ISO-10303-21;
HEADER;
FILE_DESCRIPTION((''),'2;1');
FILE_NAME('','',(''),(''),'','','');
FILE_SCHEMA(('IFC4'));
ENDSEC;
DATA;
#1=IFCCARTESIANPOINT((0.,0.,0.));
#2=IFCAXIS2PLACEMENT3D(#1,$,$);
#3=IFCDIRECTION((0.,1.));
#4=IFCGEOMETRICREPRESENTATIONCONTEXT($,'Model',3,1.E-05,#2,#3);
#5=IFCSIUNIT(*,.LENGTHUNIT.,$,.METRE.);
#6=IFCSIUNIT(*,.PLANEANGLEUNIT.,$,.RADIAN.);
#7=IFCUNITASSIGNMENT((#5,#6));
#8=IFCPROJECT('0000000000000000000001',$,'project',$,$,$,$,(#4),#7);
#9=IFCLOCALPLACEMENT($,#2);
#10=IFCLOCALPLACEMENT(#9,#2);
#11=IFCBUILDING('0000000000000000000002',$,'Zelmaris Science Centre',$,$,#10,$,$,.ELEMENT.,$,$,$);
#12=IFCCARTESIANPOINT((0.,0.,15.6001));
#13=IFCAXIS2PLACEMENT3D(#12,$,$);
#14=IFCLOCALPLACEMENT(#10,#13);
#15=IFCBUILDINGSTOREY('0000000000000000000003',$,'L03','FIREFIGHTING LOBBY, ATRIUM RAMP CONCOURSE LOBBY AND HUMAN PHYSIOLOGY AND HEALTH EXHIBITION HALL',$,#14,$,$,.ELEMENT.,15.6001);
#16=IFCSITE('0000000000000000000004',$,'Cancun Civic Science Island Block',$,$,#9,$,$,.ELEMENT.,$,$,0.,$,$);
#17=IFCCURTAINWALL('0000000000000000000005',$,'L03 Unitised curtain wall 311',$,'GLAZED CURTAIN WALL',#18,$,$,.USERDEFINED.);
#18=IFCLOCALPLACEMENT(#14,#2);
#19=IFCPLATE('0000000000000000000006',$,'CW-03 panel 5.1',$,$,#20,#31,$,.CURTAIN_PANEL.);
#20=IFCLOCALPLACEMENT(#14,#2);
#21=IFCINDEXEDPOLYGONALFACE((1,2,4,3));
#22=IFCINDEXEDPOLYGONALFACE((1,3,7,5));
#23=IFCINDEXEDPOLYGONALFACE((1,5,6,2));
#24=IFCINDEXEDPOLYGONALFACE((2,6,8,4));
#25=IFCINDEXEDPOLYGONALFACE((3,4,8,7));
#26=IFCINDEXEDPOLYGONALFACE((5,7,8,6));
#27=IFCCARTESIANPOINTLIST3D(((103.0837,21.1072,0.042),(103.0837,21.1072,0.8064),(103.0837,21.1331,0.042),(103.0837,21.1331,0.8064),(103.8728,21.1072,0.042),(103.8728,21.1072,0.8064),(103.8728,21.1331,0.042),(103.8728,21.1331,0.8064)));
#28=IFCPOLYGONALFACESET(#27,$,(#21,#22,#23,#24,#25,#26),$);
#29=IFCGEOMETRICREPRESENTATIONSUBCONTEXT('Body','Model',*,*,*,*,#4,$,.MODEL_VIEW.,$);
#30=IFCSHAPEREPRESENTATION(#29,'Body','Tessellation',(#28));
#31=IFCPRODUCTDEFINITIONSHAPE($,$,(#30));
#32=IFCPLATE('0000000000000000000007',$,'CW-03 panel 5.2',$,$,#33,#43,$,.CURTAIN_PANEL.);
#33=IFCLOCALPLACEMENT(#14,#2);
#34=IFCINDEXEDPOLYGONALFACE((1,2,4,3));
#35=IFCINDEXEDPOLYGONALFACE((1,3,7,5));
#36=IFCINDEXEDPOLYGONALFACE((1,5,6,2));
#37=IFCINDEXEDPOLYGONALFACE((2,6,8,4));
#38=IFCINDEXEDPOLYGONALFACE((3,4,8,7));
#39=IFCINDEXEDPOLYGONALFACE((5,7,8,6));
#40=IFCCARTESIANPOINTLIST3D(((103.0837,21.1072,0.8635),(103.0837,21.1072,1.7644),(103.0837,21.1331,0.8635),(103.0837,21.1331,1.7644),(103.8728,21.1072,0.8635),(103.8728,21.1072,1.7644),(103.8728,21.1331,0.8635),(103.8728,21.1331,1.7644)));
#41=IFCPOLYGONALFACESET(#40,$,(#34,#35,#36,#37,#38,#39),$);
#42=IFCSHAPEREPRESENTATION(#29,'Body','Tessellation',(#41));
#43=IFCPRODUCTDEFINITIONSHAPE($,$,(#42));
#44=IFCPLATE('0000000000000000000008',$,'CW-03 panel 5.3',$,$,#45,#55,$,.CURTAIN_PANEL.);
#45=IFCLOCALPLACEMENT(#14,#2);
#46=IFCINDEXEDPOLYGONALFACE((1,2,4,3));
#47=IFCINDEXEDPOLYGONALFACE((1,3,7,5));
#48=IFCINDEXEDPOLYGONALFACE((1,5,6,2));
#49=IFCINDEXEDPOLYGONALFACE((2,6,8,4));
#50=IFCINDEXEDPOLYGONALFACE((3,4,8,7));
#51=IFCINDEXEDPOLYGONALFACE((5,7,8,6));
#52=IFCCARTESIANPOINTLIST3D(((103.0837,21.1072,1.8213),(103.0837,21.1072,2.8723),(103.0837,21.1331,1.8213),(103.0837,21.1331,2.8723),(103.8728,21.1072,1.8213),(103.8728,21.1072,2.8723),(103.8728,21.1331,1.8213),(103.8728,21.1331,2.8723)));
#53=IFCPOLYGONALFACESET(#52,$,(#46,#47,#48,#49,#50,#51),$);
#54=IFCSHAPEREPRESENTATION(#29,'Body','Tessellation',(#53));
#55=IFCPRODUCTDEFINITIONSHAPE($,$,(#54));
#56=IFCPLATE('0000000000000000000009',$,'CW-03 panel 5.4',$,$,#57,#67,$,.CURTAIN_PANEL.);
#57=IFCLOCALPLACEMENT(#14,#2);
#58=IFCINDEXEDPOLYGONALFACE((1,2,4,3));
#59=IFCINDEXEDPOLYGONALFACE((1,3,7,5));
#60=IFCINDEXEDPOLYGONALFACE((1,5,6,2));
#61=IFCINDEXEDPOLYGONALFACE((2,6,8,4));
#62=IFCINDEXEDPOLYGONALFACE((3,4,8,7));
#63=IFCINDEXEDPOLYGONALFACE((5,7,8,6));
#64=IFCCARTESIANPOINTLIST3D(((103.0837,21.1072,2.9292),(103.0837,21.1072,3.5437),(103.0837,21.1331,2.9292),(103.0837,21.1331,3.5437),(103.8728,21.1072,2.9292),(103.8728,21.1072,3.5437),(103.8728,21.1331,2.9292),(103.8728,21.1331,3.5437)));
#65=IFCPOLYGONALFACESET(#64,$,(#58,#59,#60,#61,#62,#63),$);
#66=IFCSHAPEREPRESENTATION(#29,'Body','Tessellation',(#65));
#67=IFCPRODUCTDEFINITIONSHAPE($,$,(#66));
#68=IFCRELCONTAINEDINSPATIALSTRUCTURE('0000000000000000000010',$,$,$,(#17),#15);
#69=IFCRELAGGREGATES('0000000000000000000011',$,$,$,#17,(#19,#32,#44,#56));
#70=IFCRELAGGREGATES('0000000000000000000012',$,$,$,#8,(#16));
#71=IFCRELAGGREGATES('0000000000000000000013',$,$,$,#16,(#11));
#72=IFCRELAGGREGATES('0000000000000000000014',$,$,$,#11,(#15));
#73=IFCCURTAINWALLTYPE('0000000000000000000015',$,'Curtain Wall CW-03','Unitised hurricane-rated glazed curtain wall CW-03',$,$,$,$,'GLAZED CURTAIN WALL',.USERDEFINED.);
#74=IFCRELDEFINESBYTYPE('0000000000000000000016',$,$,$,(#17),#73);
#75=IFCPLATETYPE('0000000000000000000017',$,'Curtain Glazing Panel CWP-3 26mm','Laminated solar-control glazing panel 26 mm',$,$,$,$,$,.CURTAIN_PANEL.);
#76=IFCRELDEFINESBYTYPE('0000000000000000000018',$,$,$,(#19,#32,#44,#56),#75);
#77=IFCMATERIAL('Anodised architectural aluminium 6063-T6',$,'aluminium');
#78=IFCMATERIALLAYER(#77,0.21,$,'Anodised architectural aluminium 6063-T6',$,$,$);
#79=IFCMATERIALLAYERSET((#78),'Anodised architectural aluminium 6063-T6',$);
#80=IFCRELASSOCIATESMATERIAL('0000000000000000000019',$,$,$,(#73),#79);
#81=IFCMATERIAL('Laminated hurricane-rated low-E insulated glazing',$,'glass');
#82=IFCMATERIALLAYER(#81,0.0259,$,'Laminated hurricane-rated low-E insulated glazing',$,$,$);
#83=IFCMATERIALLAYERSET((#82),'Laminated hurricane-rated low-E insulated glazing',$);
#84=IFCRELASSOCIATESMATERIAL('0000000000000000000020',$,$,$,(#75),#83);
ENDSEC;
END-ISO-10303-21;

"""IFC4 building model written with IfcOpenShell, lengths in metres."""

from ifc_helpers import new_model, si_unit, direction, frame, origin, origin_2d, place, context, subcontext, project, spatial, rectangle, extrude, material, layer, layer_set, type_object, element, aggregate, save


model = new_model("IFC4")

# Units and contexts
model_context = context("Model", 3, precision=1e-05, world=origin(), true_north=direction((0.0, 1.0)))
body_context = subcontext(model_context, "Body", "Model", "MODEL_VIEW")
ifc_project = project(units=[si_unit("LENGTHUNIT", "METRE"), si_unit("PLANEANGLEUNIT", "RADIAN")], contexts=[model_context])

# Site, building, storey
site_placement = place(None, origin())
site = spatial("IfcSite", under=ifc_project, at=site_placement, Name="Cancun Civic Science Island Block", CompositionType="ELEMENT", RefElevation=0.0)
building_placement = place(site_placement, origin())
building = spatial("IfcBuilding", under=site, at=building_placement, Name="Zelmaris Science Centre", CompositionType="ELEMENT")
storey_placement = place(building_placement, frame((0.0, 0.0, 15.6001)))
storey = spatial("IfcBuildingStorey", under=building, at=storey_placement, Name="L03", Description="FIREFIGHTING LOBBY, ATRIUM RAMP CONCOURSE LOBBY AND HUMAN PHYSIOLOGY AND HEALTH EXHIBITION HALL", CompositionType="ELEMENT", Elevation=15.6001)

# Curtain wall
ifc_material_1 = material(Name="Anodised architectural aluminium 6063-T6", Category="aluminium")
ifc_layer_1 = layer(ifc_material_1, 0.21, Name="Anodised architectural aluminium 6063-T6")
ifc_layer_set_1 = layer_set([ifc_layer_1], Name="Anodised architectural aluminium 6063-T6")
curtain_wall_type_1 = type_object("IfcCurtainWallType", Name="Curtain Wall CW-03", Description="Unitised hurricane-rated glazed curtain wall CW-03", ElementType="GLAZED CURTAIN WALL", PredefinedType="USERDEFINED", material=ifc_layer_set_1)
curtain_wall_1_placement = place(storey_placement, origin())
curtain_wall_1 = element("IfcCurtainWall", 1, at=curtain_wall_1_placement, inside=storey, type_object=curtain_wall_type_1, Name="L03 Unitised curtain wall 311", ObjectType="GLAZED CURTAIN WALL", PredefinedType="USERDEFINED")

# Plates
ifc_material_2 = material(Name="Laminated hurricane-rated low-E insulated glazing", Category="glass")
ifc_layer_2 = layer(ifc_material_2, 0.0259, Name="Laminated hurricane-rated low-E insulated glazing")
ifc_layer_set_2 = layer_set([ifc_layer_2], Name="Laminated hurricane-rated low-E insulated glazing")
plate_type = type_object("IfcPlateType", Name="Curtain Glazing Panel CWP-3 26mm", Description="Laminated solar-control glazing panel 26 mm", PredefinedType="CURTAIN_PANEL", material=ifc_layer_set_2)
plate_1_placement = place(storey_placement, frame((103.4783, 21.1201, 0.042), z_axis=(0.0, 0.0, 1.0), x_axis=(-1.0, 0.0, 0.0)))
plate_1 = element("IfcPlate", 2, at=plate_1_placement, type_object=plate_type, Name="CW-03 panel 5.1", PredefinedType="CURTAIN_PANEL", context=body_context, shape_type="SweptSolid", body=[
    extrude(rectangle(XDim=0.7891, YDim=0.0259, at=origin_2d()), origin(), (0.0, 0.0, 1.0), 0.7644),
])
plate_2_placement = place(storey_placement, frame((103.4783, 21.1201, 0.8635), z_axis=(0.0, 0.0, 1.0), x_axis=(-1.0, 0.0, 0.0)))
plate_2 = element("IfcPlate", 3, at=plate_2_placement, type_object=plate_type, Name="CW-03 panel 5.2", PredefinedType="CURTAIN_PANEL", context=body_context, shape_type="SweptSolid", body=[
    extrude(rectangle(XDim=0.7891, YDim=0.0259, at=origin_2d()), origin(), (0.0, 0.0, 1.0), 0.9009),
])
plate_3_placement = place(storey_placement, frame((103.4783, 21.1201, 1.8213), z_axis=(0.0, 0.0, 1.0), x_axis=(-1.0, 0.0, 0.0)))
plate_3 = element("IfcPlate", 4, at=plate_3_placement, type_object=plate_type, Name="CW-03 panel 5.3", PredefinedType="CURTAIN_PANEL", context=body_context, shape_type="SweptSolid", body=[
    extrude(rectangle(XDim=0.7891, YDim=0.0259, at=origin_2d()), origin(), (0.0, 0.0, 1.0), 1.051),
])
plate_4_placement = place(storey_placement, frame((103.4783, 21.1201, 2.9292), z_axis=(0.0, 0.0, 1.0), x_axis=(-1.0, 0.0, 0.0)))
plate_4 = element("IfcPlate", 5, at=plate_4_placement, type_object=plate_type, Name="CW-03 panel 5.4", PredefinedType="CURTAIN_PANEL", context=body_context, shape_type="SweptSolid", body=[
    extrude(rectangle(XDim=0.7891, YDim=0.0259, at=origin_2d()), origin(), (0.0, 0.0, 1.0), 0.6145),
])
aggregate(curtain_wall_1, [plate_1, plate_2, plate_3, plate_4])

save(model, "model.ifc")
